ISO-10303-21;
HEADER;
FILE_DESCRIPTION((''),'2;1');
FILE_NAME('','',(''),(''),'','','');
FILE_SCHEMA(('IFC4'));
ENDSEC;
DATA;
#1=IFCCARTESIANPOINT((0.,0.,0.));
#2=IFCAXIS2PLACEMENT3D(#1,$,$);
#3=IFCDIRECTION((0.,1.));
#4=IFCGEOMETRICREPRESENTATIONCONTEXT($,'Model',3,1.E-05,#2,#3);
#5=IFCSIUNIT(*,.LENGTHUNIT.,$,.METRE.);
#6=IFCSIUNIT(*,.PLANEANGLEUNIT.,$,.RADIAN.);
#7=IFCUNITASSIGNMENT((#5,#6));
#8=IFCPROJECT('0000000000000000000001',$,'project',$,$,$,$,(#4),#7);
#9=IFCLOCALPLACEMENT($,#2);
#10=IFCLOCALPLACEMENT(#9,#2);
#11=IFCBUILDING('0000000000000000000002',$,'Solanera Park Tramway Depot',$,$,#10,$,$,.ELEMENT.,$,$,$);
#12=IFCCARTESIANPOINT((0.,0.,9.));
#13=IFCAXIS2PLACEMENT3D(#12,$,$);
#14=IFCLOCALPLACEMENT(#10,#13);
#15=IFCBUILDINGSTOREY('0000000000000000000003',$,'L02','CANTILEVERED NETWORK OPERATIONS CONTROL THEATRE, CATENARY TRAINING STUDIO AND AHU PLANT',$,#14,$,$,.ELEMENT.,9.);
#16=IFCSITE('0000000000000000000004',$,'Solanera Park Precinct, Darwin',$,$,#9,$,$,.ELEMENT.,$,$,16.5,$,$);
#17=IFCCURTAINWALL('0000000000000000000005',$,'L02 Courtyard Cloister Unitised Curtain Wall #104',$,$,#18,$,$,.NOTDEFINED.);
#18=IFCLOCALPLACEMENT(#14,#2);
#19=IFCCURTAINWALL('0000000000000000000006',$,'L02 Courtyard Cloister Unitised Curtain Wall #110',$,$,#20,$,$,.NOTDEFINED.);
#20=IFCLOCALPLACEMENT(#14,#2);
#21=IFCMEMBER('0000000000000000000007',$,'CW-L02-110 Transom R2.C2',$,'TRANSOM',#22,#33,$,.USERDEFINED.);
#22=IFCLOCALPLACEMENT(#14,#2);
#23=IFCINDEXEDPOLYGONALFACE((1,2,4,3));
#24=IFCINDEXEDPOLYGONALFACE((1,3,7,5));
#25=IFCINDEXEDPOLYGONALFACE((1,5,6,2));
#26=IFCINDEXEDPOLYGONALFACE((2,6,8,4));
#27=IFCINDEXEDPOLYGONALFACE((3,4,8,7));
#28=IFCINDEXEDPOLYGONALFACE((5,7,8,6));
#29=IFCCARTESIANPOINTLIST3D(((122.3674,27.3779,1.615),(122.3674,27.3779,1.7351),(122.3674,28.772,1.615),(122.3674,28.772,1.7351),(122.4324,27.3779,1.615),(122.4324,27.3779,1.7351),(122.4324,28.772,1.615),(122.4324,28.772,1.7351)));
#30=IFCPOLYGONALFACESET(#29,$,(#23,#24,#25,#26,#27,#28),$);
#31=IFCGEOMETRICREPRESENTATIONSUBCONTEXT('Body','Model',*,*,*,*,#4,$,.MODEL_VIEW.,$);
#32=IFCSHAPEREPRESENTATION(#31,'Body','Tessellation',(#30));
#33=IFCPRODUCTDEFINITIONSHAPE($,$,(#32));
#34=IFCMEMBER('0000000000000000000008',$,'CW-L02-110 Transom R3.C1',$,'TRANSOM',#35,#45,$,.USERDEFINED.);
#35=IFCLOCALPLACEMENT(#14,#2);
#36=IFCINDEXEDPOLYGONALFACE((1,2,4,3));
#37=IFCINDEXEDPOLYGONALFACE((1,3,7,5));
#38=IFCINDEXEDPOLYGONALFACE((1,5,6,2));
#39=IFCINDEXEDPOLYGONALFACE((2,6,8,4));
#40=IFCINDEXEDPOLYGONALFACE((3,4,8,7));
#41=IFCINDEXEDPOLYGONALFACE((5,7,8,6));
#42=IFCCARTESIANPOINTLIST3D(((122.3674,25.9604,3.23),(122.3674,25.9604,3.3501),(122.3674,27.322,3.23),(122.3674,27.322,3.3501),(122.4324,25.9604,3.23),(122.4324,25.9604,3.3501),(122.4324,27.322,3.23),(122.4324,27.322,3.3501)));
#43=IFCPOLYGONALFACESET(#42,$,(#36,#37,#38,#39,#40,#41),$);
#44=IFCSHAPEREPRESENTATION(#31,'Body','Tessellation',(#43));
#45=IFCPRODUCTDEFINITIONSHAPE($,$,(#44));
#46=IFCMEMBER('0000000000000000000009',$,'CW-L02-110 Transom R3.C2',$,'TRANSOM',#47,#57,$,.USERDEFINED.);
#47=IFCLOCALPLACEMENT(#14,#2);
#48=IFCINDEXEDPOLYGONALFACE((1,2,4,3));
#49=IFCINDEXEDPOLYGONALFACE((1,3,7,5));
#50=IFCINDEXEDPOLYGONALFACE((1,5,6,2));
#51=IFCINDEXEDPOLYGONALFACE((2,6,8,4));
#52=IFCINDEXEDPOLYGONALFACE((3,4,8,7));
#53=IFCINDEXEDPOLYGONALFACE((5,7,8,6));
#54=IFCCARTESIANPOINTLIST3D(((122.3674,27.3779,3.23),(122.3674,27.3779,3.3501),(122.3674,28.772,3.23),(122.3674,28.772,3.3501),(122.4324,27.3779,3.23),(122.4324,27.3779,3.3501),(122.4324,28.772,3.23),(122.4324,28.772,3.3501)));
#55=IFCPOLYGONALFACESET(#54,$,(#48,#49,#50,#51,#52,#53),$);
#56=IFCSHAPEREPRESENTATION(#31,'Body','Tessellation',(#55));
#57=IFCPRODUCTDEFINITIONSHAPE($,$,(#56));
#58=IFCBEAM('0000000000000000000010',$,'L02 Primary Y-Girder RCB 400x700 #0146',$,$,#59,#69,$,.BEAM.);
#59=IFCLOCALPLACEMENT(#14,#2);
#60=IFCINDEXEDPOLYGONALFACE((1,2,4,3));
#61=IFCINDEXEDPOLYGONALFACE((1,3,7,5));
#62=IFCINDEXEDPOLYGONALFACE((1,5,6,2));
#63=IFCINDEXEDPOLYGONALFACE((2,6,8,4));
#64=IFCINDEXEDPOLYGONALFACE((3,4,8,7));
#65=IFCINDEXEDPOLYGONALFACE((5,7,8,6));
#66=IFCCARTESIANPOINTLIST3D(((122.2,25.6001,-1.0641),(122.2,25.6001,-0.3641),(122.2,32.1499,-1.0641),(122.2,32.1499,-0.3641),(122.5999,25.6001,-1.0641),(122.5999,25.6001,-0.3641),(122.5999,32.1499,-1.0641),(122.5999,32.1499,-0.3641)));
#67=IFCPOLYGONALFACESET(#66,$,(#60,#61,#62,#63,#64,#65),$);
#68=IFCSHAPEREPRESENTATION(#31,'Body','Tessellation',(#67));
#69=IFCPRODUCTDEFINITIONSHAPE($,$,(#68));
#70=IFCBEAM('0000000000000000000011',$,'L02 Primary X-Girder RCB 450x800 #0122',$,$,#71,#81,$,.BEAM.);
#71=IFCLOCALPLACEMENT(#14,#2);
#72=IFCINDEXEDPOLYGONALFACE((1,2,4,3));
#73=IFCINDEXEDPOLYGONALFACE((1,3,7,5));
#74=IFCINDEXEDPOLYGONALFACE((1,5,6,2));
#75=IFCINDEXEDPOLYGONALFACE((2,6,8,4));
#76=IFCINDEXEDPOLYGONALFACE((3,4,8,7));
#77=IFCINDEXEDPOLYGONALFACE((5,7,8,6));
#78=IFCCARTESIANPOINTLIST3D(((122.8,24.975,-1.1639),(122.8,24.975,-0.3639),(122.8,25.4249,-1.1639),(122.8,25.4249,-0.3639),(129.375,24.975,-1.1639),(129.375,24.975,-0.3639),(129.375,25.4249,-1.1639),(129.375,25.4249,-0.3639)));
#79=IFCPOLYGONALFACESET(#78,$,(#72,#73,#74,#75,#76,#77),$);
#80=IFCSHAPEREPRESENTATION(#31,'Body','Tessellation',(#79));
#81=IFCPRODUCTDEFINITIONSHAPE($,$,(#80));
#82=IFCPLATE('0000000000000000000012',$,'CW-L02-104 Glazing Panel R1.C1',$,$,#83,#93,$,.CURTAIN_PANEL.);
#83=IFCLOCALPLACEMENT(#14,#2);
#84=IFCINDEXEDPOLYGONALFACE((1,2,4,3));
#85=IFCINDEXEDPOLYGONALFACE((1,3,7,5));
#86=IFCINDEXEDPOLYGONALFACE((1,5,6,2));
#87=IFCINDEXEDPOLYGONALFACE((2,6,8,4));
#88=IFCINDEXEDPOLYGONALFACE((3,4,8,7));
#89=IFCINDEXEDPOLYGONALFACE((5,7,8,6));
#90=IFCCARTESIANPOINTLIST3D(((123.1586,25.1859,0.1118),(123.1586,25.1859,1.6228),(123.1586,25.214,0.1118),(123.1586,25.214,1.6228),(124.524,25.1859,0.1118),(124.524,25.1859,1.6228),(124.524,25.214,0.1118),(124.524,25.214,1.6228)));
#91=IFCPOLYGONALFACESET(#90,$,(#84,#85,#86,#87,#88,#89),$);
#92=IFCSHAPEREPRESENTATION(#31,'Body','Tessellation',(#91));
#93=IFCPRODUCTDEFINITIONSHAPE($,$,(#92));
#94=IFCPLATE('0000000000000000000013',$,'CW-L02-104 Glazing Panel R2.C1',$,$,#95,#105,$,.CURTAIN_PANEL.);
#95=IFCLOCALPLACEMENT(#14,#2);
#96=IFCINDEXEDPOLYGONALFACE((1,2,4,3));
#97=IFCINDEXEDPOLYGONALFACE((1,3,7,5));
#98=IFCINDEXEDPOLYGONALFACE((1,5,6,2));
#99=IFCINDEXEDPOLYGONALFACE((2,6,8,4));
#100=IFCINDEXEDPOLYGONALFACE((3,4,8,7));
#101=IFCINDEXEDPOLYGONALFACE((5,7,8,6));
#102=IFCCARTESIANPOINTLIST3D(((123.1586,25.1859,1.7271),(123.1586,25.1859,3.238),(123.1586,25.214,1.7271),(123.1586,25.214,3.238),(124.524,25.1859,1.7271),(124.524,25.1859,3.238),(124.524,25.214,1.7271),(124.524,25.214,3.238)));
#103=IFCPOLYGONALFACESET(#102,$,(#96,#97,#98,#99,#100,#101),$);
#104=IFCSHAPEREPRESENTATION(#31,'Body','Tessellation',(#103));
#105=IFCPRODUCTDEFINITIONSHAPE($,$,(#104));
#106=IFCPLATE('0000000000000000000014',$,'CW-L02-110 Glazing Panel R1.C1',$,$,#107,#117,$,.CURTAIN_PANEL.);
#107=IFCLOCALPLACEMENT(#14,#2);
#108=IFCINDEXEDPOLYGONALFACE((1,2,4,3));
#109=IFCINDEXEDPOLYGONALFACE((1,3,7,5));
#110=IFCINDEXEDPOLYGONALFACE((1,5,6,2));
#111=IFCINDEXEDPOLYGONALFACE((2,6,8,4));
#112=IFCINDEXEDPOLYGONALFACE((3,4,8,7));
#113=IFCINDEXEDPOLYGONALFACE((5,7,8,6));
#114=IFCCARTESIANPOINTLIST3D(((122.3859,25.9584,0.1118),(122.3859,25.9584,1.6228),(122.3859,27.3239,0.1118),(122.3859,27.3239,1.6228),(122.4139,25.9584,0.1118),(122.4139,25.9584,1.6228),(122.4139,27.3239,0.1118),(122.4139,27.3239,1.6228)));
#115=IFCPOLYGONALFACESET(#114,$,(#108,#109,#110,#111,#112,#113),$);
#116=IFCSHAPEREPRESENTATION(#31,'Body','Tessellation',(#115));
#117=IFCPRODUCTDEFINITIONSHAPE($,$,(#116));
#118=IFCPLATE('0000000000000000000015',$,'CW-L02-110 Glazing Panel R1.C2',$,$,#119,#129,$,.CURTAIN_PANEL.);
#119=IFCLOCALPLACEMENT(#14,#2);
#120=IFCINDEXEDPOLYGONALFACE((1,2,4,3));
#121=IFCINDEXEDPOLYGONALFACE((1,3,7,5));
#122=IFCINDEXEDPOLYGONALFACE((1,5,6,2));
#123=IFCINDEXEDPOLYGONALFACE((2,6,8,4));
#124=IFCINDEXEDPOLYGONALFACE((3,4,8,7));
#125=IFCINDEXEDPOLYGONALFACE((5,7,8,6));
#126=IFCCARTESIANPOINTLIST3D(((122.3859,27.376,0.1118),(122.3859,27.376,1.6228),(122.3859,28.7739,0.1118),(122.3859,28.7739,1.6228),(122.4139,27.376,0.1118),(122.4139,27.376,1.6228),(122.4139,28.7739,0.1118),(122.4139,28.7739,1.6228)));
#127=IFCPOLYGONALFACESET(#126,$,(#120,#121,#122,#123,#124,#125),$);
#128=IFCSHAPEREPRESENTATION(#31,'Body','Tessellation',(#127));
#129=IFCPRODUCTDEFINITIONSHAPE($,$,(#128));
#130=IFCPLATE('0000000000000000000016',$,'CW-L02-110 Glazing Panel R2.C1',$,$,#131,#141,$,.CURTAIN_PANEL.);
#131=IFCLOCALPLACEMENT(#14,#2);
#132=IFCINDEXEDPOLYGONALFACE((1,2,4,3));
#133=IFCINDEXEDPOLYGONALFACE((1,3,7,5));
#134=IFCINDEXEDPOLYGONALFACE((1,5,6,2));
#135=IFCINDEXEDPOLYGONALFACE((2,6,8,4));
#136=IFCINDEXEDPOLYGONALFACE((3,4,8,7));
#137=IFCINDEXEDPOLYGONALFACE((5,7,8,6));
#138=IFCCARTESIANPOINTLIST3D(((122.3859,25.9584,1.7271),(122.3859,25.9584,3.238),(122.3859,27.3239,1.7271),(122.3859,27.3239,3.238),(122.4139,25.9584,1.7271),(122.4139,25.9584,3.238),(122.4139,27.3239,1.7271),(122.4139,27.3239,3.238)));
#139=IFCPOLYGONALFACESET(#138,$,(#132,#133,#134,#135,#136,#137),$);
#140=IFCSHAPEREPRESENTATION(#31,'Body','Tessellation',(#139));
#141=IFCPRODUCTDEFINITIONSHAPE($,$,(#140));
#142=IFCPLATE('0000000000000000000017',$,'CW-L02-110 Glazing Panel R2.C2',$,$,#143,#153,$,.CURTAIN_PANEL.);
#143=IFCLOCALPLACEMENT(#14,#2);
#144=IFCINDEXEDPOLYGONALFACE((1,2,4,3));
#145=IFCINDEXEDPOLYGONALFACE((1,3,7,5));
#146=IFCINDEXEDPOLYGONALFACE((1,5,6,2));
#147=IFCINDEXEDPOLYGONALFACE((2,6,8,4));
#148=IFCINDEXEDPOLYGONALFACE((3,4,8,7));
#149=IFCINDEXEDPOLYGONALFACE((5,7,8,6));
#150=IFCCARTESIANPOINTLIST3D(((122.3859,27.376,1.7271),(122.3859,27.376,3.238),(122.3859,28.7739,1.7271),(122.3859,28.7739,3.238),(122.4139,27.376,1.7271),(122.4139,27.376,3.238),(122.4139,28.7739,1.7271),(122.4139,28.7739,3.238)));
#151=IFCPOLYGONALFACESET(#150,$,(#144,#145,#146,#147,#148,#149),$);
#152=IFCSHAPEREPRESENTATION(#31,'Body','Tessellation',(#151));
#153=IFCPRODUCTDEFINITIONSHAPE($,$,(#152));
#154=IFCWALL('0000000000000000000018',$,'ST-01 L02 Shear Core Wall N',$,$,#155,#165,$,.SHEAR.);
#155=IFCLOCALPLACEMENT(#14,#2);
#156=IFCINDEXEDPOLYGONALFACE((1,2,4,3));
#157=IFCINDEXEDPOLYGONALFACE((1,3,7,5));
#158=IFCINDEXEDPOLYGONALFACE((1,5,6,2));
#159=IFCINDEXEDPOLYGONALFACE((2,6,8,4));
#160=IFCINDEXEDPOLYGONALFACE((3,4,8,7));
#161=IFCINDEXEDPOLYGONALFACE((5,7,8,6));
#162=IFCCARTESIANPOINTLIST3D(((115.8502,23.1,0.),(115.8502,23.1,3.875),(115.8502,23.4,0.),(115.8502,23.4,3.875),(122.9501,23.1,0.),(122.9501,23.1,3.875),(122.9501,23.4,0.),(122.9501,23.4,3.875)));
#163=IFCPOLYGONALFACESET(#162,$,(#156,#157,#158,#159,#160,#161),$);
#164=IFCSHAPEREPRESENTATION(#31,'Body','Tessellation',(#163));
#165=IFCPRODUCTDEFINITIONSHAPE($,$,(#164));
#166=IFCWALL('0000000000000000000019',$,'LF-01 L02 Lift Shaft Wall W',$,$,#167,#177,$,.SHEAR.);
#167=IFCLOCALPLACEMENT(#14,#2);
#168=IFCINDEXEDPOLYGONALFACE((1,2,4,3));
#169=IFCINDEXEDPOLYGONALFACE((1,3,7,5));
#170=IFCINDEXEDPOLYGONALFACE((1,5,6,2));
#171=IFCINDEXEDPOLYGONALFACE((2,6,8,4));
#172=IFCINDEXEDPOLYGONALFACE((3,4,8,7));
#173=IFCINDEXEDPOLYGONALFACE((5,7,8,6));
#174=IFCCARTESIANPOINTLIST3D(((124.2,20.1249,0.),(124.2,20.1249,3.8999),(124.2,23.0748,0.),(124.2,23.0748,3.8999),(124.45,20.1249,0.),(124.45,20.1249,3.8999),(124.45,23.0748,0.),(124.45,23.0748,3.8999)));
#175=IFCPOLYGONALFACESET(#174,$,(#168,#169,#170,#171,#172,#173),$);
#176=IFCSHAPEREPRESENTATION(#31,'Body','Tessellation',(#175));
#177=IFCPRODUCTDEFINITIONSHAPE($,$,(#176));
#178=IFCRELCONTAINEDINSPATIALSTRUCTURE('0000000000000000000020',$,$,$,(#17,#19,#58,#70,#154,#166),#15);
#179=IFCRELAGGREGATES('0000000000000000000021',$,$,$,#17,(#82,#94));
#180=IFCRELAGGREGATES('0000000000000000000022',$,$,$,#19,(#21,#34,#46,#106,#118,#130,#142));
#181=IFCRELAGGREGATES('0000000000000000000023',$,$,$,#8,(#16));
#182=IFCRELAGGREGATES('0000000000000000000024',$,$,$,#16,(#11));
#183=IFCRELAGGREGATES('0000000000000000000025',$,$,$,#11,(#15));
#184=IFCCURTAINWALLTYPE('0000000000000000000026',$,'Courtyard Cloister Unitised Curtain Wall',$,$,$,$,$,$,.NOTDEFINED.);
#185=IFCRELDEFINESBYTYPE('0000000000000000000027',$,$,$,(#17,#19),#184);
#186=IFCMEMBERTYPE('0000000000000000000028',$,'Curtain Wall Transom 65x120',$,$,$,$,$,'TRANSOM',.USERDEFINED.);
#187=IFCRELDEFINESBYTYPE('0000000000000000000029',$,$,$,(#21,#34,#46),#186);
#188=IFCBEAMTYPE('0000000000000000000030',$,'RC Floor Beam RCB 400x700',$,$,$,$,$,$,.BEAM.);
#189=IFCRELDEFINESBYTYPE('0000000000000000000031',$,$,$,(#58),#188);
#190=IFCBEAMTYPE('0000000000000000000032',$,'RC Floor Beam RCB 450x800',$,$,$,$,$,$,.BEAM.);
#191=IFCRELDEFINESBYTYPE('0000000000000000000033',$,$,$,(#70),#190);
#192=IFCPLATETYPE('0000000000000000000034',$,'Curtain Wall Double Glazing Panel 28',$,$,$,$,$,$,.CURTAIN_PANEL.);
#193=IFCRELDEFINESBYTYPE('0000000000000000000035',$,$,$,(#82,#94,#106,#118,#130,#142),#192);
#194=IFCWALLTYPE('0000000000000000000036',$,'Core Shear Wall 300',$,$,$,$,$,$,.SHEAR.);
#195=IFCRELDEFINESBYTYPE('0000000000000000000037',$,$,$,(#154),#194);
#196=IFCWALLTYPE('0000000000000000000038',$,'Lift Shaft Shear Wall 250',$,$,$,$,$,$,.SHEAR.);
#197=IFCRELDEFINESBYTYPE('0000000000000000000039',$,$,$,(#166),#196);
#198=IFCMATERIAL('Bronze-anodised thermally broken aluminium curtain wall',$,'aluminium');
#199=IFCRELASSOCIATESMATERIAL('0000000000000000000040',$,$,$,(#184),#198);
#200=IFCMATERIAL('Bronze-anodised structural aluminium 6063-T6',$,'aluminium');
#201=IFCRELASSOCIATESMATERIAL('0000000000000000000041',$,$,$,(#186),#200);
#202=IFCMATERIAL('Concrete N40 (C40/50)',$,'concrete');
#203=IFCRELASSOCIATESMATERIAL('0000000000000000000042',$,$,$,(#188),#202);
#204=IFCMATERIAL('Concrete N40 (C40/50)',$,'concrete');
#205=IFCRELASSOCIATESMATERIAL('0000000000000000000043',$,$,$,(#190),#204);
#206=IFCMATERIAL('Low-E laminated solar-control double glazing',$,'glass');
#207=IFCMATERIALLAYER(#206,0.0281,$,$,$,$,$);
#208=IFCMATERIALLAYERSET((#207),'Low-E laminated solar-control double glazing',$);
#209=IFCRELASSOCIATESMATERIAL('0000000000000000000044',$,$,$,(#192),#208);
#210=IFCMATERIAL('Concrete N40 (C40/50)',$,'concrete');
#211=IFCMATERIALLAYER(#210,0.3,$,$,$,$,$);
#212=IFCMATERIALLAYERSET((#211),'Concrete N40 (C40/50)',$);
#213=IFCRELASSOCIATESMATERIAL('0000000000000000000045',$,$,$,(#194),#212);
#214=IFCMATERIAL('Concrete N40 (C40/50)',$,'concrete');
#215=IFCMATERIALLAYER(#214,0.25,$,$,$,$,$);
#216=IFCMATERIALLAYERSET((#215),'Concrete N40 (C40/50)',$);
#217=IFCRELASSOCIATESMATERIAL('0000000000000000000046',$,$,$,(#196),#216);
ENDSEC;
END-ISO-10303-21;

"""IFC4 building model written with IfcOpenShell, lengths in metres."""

from ifc_helpers import new_model, si_unit, direction, frame, frame_2d, origin, origin_2d, place, context, subcontext, project, spatial, rectangle, extrude, material, layer, layer_set, material_profile, profile_set, type_object, element, aggregate, save


model = new_model("IFC4")

# Units and contexts
model_context = context("Model", 3, precision=1e-05, world=origin(), true_north=direction((0.0, 1.0)))
body_context = subcontext(model_context, "Body", "Model", "MODEL_VIEW")
ifc_project = project(units=[si_unit("LENGTHUNIT", "METRE"), si_unit("PLANEANGLEUNIT", "RADIAN")], contexts=[model_context])

# Site, building, storey
site_placement = place(None, origin())
site = spatial("IfcSite", under=ifc_project, at=site_placement, Name="Solanera Park Precinct, Darwin", CompositionType="ELEMENT", RefElevation=16.5)
building_placement = place(site_placement, origin())
building = spatial("IfcBuilding", under=site, at=building_placement, Name="Solanera Park Tramway Depot", CompositionType="ELEMENT")
storey_placement = place(building_placement, frame((0.0, 0.0, 9.0)))
storey = spatial("IfcBuildingStorey", under=building, at=storey_placement, Name="L02", Description="CANTILEVERED NETWORK OPERATIONS CONTROL THEATRE, CATENARY TRAINING STUDIO AND AHU PLANT", CompositionType="ELEMENT", Elevation=9.0)

# Curtain walls
ifc_material_1 = material(Name="Bronze-anodised thermally broken aluminium curtain wall", Category="aluminium")
curtain_wall_type = type_object("IfcCurtainWallType", Name="Courtyard Cloister Unitised Curtain Wall", PredefinedType="NOTDEFINED", material=ifc_material_1)
curtain_wall_1_placement = place(storey_placement, origin())
curtain_wall_1 = element("IfcCurtainWall", 1, at=curtain_wall_1_placement, inside=storey, type_object=curtain_wall_type, Name="L02 Courtyard Cloister Unitised Curtain Wall #104", PredefinedType="NOTDEFINED")
curtain_wall_2_placement = place(storey_placement, origin())
curtain_wall_2 = element("IfcCurtainWall", 2, at=curtain_wall_2_placement, inside=storey, type_object=curtain_wall_type, Name="L02 Courtyard Cloister Unitised Curtain Wall #110", PredefinedType="NOTDEFINED")

# Members
ifc_material_2 = material(Name="Bronze-anodised structural aluminium 6063-T6", Category="aluminium")
ifc_material_profile_1 = material_profile(ifc_material_2, rectangle(XDim=0.0649, YDim=0.1201, at=origin_2d()), Name="Curtain Wall Transom 65x120")
ifc_profile_set_1 = profile_set([ifc_material_profile_1], Name="Bronze-anodised structural aluminium 6063-T6")
member_type_1 = type_object("IfcMemberType", Name="Curtain Wall Transom 65x120", ElementType="TRANSOM", PredefinedType="USERDEFINED", material=ifc_profile_set_1)
member_1_placement = place(storey_placement, frame((122.3999, 27.3779, 1.675), z_axis=(0.0, 1.0, 0.0), x_axis=(-1.0, 0.0, 0.0)))
member_1 = element("IfcMember", 3, at=member_1_placement, type_object=member_type_1, Name="CW-L02-110 Transom R2.C2", ObjectType="TRANSOM", PredefinedType="USERDEFINED", context=body_context, shape_type="SweptSolid", body=[
    extrude(rectangle(XDim=0.0649, YDim=0.1201, at=origin_2d()), origin(), (0.0, 0.0, 1.0), 1.394),
])
member_2_placement = place(storey_placement, frame((122.3999, 25.9604, 3.29), z_axis=(0.0, 1.0, 0.0), x_axis=(-1.0, 0.0, 0.0)))
member_2 = element("IfcMember", 4, at=member_2_placement, type_object=member_type_1, Name="CW-L02-110 Transom R3.C1", ObjectType="TRANSOM", PredefinedType="USERDEFINED", context=body_context, shape_type="SweptSolid", body=[
    extrude(rectangle(XDim=0.0649, YDim=0.1201, at=origin_2d()), origin(), (0.0, 0.0, 1.0), 1.3616),
])
member_3_placement = place(storey_placement, frame((122.3999, 27.3779, 3.29), z_axis=(0.0, 1.0, 0.0), x_axis=(-1.0, 0.0, 0.0)))
member_3 = element("IfcMember", 5, at=member_3_placement, type_object=member_type_1, Name="CW-L02-110 Transom R3.C2", ObjectType="TRANSOM", PredefinedType="USERDEFINED", context=body_context, shape_type="SweptSolid", body=[
    extrude(rectangle(XDim=0.0649, YDim=0.1201, at=origin_2d()), origin(), (0.0, 0.0, 1.0), 1.394),
])

# Beams
ifc_material_3 = material(Name="Concrete N40 (C40/50)", Category="concrete")
ifc_material_profile_2 = material_profile(ifc_material_3, rectangle(XDim=0.3999, YDim=0.7, at=origin_2d()), Name="RCB 400x700")
ifc_profile_set_2 = profile_set([ifc_material_profile_2], Name="Concrete N40 (C40/50)")
beam_type_1 = type_object("IfcBeamType", Name="RC Floor Beam RCB 400x700", PredefinedType="BEAM", material=ifc_profile_set_2)
beam_1_placement = place(storey_placement, frame((122.3999, 25.6001, -0.7141), z_axis=(0.0, 1.0, 0.0), x_axis=(-1.0, 0.0, 0.0)))
element("IfcBeam", 6, at=beam_1_placement, inside=storey, type_object=beam_type_1, Name="L02 Primary Y-Girder RCB 400x700 #0146", PredefinedType="BEAM", context=body_context, shape_type="SweptSolid", body=[
    extrude(rectangle(XDim=0.3999, YDim=0.7, at=origin_2d()), origin(), (0.0, 0.0, 1.0), 6.5498),
])
ifc_material_4 = material(Name="Concrete N40 (C40/50)", Category="concrete")
ifc_material_profile_3 = material_profile(ifc_material_4, rectangle(XDim=0.45, YDim=0.8, at=origin_2d()), Name="RCB 450x800")
ifc_profile_set_3 = profile_set([ifc_material_profile_3], Name="Concrete N40 (C40/50)")
beam_type_2 = type_object("IfcBeamType", Name="RC Floor Beam RCB 450x800", PredefinedType="BEAM", material=ifc_profile_set_3)
beam_2_placement = place(storey_placement, frame((122.8, 25.2, -0.7639), z_axis=(1.0, 0.0, 0.0), x_axis=(0.0, 1.0, 0.0)))
element("IfcBeam", 7, at=beam_2_placement, inside=storey, type_object=beam_type_2, Name="L02 Primary X-Girder RCB 450x800 #0122", PredefinedType="BEAM", context=body_context, shape_type="SweptSolid", body=[
    extrude(rectangle(XDim=0.45, YDim=0.8, at=origin_2d()), origin(), (0.0, 0.0, 1.0), 6.575),
])

# Plates
ifc_material_5 = material(Name="Low-E laminated solar-control double glazing", Category="glass")
ifc_layer_1 = layer(ifc_material_5, 0.0281)
ifc_layer_set_1 = layer_set([ifc_layer_1], Name="Low-E laminated solar-control double glazing")
plate_type = type_object("IfcPlateType", Name="Curtain Wall Double Glazing Panel 28", PredefinedType="CURTAIN_PANEL", material=ifc_layer_set_1)
plate_1_placement = place(storey_placement, frame((123.8413, 25.2, 0.1118), z_axis=(0.0, 0.0, 1.0), x_axis=(1.0, 0.0, 0.0)))
plate_1 = element("IfcPlate", 8, at=plate_1_placement, type_object=plate_type, Name="CW-L02-104 Glazing Panel R1.C1", PredefinedType="CURTAIN_PANEL", context=body_context, shape_type="SweptSolid", body=[
    extrude(rectangle(XDim=1.3655, YDim=0.0281, at=origin_2d()), origin(), (0.0, 0.0, 1.0), 1.511),
])
plate_2_placement = place(storey_placement, frame((123.8413, 25.2, 1.7271), z_axis=(0.0, 0.0, 1.0), x_axis=(1.0, 0.0, 0.0)))
plate_2 = element("IfcPlate", 9, at=plate_2_placement, type_object=plate_type, Name="CW-L02-104 Glazing Panel R2.C1", PredefinedType="CURTAIN_PANEL", context=body_context, shape_type="SweptSolid", body=[
    extrude(rectangle(XDim=1.3655, YDim=0.0281, at=origin_2d()), origin(), (0.0, 0.0, 1.0), 1.511),
])
aggregate(curtain_wall_1, [plate_1, plate_2])
plate_3_placement = place(storey_placement, frame((122.3999, 26.6411, 0.1118), z_axis=(0.0, 0.0, 1.0), x_axis=(0.0, 1.0, 0.0)))
plate_3 = element("IfcPlate", 10, at=plate_3_placement, type_object=plate_type, Name="CW-L02-110 Glazing Panel R1.C1", PredefinedType="CURTAIN_PANEL", context=body_context, shape_type="SweptSolid", body=[
    extrude(rectangle(XDim=1.3655, YDim=0.0281, at=origin_2d()), origin(), (0.0, 0.0, 1.0), 1.511),
])
plate_4_placement = place(storey_placement, frame((122.3999, 28.075, 0.1118), z_axis=(0.0, 0.0, 1.0), x_axis=(0.0, 1.0, 0.0)))
plate_4 = element("IfcPlate", 11, at=plate_4_placement, type_object=plate_type, Name="CW-L02-110 Glazing Panel R1.C2", PredefinedType="CURTAIN_PANEL", context=body_context, shape_type="SweptSolid", body=[
    extrude(rectangle(XDim=1.3979, YDim=0.0281, at=origin_2d()), origin(), (0.0, 0.0, 1.0), 1.511),
])
plate_5_placement = place(storey_placement, frame((122.3999, 26.6411, 1.7271), z_axis=(0.0, 0.0, 1.0), x_axis=(0.0, 1.0, 0.0)))
plate_5 = element("IfcPlate", 12, at=plate_5_placement, type_object=plate_type, Name="CW-L02-110 Glazing Panel R2.C1", PredefinedType="CURTAIN_PANEL", context=body_context, shape_type="SweptSolid", body=[
    extrude(rectangle(XDim=1.3655, YDim=0.0281, at=origin_2d()), origin(), (0.0, 0.0, 1.0), 1.511),
])
plate_6_placement = place(storey_placement, frame((122.3999, 28.075, 1.7271), z_axis=(0.0, 0.0, 1.0), x_axis=(0.0, 1.0, 0.0)))
plate_6 = element("IfcPlate", 13, at=plate_6_placement, type_object=plate_type, Name="CW-L02-110 Glazing Panel R2.C2", PredefinedType="CURTAIN_PANEL", context=body_context, shape_type="SweptSolid", body=[
    extrude(rectangle(XDim=1.3979, YDim=0.0281, at=origin_2d()), origin(), (0.0, 0.0, 1.0), 1.511),
])
aggregate(curtain_wall_2, [member_1, member_2, member_3, plate_3, plate_4, plate_5, plate_6])

# Walls
ifc_material_6 = material(Name="Concrete N40 (C40/50)", Category="concrete")
ifc_layer_2 = layer(ifc_material_6, 0.3)
ifc_layer_set_2 = layer_set([ifc_layer_2], Name="Concrete N40 (C40/50)")
wall_type_1 = type_object("IfcWallType", Name="Core Shear Wall 300", PredefinedType="SHEAR", material=ifc_layer_set_2)
wall_1_placement = place(storey_placement, frame((122.95, 23.25, 0.0), z_axis=(0.0, 0.0, 1.0), x_axis=(-1.0, 0.0, 0.0)))
element("IfcWall", 14, at=wall_1_placement, inside=storey, type_object=wall_type_1, Name="ST-01 L02 Shear Core Wall N", PredefinedType="SHEAR", context=body_context, shape_type="SweptSolid", body=[
    extrude(rectangle(XDim=7.0999, YDim=0.3, at=frame_2d((3.5498, 0.0))), origin(), (0.0, 0.0, 1.0), 3.875),
])
ifc_material_7 = material(Name="Concrete N40 (C40/50)", Category="concrete")
ifc_layer_3 = layer(ifc_material_7, 0.25)
ifc_layer_set_3 = layer_set([ifc_layer_3], Name="Concrete N40 (C40/50)")
wall_type_2 = type_object("IfcWallType", Name="Lift Shaft Shear Wall 250", PredefinedType="SHEAR", material=ifc_layer_set_3)
wall_2_placement = place(storey_placement, frame((124.325, 23.075, 0.0), z_axis=(0.0, 0.0, 1.0), x_axis=(0.0, -1.0, 0.0)))
element("IfcWall", 15, at=wall_2_placement, inside=storey, type_object=wall_type_2, Name="LF-01 L02 Lift Shaft Wall W", PredefinedType="SHEAR", context=body_context, shape_type="SweptSolid", body=[
    extrude(rectangle(XDim=2.95, YDim=0.25, at=frame_2d((1.4751, 0.0))), origin(), (0.0, 0.0, 1.0), 3.8999),
])

save(model, "model.ifc")
